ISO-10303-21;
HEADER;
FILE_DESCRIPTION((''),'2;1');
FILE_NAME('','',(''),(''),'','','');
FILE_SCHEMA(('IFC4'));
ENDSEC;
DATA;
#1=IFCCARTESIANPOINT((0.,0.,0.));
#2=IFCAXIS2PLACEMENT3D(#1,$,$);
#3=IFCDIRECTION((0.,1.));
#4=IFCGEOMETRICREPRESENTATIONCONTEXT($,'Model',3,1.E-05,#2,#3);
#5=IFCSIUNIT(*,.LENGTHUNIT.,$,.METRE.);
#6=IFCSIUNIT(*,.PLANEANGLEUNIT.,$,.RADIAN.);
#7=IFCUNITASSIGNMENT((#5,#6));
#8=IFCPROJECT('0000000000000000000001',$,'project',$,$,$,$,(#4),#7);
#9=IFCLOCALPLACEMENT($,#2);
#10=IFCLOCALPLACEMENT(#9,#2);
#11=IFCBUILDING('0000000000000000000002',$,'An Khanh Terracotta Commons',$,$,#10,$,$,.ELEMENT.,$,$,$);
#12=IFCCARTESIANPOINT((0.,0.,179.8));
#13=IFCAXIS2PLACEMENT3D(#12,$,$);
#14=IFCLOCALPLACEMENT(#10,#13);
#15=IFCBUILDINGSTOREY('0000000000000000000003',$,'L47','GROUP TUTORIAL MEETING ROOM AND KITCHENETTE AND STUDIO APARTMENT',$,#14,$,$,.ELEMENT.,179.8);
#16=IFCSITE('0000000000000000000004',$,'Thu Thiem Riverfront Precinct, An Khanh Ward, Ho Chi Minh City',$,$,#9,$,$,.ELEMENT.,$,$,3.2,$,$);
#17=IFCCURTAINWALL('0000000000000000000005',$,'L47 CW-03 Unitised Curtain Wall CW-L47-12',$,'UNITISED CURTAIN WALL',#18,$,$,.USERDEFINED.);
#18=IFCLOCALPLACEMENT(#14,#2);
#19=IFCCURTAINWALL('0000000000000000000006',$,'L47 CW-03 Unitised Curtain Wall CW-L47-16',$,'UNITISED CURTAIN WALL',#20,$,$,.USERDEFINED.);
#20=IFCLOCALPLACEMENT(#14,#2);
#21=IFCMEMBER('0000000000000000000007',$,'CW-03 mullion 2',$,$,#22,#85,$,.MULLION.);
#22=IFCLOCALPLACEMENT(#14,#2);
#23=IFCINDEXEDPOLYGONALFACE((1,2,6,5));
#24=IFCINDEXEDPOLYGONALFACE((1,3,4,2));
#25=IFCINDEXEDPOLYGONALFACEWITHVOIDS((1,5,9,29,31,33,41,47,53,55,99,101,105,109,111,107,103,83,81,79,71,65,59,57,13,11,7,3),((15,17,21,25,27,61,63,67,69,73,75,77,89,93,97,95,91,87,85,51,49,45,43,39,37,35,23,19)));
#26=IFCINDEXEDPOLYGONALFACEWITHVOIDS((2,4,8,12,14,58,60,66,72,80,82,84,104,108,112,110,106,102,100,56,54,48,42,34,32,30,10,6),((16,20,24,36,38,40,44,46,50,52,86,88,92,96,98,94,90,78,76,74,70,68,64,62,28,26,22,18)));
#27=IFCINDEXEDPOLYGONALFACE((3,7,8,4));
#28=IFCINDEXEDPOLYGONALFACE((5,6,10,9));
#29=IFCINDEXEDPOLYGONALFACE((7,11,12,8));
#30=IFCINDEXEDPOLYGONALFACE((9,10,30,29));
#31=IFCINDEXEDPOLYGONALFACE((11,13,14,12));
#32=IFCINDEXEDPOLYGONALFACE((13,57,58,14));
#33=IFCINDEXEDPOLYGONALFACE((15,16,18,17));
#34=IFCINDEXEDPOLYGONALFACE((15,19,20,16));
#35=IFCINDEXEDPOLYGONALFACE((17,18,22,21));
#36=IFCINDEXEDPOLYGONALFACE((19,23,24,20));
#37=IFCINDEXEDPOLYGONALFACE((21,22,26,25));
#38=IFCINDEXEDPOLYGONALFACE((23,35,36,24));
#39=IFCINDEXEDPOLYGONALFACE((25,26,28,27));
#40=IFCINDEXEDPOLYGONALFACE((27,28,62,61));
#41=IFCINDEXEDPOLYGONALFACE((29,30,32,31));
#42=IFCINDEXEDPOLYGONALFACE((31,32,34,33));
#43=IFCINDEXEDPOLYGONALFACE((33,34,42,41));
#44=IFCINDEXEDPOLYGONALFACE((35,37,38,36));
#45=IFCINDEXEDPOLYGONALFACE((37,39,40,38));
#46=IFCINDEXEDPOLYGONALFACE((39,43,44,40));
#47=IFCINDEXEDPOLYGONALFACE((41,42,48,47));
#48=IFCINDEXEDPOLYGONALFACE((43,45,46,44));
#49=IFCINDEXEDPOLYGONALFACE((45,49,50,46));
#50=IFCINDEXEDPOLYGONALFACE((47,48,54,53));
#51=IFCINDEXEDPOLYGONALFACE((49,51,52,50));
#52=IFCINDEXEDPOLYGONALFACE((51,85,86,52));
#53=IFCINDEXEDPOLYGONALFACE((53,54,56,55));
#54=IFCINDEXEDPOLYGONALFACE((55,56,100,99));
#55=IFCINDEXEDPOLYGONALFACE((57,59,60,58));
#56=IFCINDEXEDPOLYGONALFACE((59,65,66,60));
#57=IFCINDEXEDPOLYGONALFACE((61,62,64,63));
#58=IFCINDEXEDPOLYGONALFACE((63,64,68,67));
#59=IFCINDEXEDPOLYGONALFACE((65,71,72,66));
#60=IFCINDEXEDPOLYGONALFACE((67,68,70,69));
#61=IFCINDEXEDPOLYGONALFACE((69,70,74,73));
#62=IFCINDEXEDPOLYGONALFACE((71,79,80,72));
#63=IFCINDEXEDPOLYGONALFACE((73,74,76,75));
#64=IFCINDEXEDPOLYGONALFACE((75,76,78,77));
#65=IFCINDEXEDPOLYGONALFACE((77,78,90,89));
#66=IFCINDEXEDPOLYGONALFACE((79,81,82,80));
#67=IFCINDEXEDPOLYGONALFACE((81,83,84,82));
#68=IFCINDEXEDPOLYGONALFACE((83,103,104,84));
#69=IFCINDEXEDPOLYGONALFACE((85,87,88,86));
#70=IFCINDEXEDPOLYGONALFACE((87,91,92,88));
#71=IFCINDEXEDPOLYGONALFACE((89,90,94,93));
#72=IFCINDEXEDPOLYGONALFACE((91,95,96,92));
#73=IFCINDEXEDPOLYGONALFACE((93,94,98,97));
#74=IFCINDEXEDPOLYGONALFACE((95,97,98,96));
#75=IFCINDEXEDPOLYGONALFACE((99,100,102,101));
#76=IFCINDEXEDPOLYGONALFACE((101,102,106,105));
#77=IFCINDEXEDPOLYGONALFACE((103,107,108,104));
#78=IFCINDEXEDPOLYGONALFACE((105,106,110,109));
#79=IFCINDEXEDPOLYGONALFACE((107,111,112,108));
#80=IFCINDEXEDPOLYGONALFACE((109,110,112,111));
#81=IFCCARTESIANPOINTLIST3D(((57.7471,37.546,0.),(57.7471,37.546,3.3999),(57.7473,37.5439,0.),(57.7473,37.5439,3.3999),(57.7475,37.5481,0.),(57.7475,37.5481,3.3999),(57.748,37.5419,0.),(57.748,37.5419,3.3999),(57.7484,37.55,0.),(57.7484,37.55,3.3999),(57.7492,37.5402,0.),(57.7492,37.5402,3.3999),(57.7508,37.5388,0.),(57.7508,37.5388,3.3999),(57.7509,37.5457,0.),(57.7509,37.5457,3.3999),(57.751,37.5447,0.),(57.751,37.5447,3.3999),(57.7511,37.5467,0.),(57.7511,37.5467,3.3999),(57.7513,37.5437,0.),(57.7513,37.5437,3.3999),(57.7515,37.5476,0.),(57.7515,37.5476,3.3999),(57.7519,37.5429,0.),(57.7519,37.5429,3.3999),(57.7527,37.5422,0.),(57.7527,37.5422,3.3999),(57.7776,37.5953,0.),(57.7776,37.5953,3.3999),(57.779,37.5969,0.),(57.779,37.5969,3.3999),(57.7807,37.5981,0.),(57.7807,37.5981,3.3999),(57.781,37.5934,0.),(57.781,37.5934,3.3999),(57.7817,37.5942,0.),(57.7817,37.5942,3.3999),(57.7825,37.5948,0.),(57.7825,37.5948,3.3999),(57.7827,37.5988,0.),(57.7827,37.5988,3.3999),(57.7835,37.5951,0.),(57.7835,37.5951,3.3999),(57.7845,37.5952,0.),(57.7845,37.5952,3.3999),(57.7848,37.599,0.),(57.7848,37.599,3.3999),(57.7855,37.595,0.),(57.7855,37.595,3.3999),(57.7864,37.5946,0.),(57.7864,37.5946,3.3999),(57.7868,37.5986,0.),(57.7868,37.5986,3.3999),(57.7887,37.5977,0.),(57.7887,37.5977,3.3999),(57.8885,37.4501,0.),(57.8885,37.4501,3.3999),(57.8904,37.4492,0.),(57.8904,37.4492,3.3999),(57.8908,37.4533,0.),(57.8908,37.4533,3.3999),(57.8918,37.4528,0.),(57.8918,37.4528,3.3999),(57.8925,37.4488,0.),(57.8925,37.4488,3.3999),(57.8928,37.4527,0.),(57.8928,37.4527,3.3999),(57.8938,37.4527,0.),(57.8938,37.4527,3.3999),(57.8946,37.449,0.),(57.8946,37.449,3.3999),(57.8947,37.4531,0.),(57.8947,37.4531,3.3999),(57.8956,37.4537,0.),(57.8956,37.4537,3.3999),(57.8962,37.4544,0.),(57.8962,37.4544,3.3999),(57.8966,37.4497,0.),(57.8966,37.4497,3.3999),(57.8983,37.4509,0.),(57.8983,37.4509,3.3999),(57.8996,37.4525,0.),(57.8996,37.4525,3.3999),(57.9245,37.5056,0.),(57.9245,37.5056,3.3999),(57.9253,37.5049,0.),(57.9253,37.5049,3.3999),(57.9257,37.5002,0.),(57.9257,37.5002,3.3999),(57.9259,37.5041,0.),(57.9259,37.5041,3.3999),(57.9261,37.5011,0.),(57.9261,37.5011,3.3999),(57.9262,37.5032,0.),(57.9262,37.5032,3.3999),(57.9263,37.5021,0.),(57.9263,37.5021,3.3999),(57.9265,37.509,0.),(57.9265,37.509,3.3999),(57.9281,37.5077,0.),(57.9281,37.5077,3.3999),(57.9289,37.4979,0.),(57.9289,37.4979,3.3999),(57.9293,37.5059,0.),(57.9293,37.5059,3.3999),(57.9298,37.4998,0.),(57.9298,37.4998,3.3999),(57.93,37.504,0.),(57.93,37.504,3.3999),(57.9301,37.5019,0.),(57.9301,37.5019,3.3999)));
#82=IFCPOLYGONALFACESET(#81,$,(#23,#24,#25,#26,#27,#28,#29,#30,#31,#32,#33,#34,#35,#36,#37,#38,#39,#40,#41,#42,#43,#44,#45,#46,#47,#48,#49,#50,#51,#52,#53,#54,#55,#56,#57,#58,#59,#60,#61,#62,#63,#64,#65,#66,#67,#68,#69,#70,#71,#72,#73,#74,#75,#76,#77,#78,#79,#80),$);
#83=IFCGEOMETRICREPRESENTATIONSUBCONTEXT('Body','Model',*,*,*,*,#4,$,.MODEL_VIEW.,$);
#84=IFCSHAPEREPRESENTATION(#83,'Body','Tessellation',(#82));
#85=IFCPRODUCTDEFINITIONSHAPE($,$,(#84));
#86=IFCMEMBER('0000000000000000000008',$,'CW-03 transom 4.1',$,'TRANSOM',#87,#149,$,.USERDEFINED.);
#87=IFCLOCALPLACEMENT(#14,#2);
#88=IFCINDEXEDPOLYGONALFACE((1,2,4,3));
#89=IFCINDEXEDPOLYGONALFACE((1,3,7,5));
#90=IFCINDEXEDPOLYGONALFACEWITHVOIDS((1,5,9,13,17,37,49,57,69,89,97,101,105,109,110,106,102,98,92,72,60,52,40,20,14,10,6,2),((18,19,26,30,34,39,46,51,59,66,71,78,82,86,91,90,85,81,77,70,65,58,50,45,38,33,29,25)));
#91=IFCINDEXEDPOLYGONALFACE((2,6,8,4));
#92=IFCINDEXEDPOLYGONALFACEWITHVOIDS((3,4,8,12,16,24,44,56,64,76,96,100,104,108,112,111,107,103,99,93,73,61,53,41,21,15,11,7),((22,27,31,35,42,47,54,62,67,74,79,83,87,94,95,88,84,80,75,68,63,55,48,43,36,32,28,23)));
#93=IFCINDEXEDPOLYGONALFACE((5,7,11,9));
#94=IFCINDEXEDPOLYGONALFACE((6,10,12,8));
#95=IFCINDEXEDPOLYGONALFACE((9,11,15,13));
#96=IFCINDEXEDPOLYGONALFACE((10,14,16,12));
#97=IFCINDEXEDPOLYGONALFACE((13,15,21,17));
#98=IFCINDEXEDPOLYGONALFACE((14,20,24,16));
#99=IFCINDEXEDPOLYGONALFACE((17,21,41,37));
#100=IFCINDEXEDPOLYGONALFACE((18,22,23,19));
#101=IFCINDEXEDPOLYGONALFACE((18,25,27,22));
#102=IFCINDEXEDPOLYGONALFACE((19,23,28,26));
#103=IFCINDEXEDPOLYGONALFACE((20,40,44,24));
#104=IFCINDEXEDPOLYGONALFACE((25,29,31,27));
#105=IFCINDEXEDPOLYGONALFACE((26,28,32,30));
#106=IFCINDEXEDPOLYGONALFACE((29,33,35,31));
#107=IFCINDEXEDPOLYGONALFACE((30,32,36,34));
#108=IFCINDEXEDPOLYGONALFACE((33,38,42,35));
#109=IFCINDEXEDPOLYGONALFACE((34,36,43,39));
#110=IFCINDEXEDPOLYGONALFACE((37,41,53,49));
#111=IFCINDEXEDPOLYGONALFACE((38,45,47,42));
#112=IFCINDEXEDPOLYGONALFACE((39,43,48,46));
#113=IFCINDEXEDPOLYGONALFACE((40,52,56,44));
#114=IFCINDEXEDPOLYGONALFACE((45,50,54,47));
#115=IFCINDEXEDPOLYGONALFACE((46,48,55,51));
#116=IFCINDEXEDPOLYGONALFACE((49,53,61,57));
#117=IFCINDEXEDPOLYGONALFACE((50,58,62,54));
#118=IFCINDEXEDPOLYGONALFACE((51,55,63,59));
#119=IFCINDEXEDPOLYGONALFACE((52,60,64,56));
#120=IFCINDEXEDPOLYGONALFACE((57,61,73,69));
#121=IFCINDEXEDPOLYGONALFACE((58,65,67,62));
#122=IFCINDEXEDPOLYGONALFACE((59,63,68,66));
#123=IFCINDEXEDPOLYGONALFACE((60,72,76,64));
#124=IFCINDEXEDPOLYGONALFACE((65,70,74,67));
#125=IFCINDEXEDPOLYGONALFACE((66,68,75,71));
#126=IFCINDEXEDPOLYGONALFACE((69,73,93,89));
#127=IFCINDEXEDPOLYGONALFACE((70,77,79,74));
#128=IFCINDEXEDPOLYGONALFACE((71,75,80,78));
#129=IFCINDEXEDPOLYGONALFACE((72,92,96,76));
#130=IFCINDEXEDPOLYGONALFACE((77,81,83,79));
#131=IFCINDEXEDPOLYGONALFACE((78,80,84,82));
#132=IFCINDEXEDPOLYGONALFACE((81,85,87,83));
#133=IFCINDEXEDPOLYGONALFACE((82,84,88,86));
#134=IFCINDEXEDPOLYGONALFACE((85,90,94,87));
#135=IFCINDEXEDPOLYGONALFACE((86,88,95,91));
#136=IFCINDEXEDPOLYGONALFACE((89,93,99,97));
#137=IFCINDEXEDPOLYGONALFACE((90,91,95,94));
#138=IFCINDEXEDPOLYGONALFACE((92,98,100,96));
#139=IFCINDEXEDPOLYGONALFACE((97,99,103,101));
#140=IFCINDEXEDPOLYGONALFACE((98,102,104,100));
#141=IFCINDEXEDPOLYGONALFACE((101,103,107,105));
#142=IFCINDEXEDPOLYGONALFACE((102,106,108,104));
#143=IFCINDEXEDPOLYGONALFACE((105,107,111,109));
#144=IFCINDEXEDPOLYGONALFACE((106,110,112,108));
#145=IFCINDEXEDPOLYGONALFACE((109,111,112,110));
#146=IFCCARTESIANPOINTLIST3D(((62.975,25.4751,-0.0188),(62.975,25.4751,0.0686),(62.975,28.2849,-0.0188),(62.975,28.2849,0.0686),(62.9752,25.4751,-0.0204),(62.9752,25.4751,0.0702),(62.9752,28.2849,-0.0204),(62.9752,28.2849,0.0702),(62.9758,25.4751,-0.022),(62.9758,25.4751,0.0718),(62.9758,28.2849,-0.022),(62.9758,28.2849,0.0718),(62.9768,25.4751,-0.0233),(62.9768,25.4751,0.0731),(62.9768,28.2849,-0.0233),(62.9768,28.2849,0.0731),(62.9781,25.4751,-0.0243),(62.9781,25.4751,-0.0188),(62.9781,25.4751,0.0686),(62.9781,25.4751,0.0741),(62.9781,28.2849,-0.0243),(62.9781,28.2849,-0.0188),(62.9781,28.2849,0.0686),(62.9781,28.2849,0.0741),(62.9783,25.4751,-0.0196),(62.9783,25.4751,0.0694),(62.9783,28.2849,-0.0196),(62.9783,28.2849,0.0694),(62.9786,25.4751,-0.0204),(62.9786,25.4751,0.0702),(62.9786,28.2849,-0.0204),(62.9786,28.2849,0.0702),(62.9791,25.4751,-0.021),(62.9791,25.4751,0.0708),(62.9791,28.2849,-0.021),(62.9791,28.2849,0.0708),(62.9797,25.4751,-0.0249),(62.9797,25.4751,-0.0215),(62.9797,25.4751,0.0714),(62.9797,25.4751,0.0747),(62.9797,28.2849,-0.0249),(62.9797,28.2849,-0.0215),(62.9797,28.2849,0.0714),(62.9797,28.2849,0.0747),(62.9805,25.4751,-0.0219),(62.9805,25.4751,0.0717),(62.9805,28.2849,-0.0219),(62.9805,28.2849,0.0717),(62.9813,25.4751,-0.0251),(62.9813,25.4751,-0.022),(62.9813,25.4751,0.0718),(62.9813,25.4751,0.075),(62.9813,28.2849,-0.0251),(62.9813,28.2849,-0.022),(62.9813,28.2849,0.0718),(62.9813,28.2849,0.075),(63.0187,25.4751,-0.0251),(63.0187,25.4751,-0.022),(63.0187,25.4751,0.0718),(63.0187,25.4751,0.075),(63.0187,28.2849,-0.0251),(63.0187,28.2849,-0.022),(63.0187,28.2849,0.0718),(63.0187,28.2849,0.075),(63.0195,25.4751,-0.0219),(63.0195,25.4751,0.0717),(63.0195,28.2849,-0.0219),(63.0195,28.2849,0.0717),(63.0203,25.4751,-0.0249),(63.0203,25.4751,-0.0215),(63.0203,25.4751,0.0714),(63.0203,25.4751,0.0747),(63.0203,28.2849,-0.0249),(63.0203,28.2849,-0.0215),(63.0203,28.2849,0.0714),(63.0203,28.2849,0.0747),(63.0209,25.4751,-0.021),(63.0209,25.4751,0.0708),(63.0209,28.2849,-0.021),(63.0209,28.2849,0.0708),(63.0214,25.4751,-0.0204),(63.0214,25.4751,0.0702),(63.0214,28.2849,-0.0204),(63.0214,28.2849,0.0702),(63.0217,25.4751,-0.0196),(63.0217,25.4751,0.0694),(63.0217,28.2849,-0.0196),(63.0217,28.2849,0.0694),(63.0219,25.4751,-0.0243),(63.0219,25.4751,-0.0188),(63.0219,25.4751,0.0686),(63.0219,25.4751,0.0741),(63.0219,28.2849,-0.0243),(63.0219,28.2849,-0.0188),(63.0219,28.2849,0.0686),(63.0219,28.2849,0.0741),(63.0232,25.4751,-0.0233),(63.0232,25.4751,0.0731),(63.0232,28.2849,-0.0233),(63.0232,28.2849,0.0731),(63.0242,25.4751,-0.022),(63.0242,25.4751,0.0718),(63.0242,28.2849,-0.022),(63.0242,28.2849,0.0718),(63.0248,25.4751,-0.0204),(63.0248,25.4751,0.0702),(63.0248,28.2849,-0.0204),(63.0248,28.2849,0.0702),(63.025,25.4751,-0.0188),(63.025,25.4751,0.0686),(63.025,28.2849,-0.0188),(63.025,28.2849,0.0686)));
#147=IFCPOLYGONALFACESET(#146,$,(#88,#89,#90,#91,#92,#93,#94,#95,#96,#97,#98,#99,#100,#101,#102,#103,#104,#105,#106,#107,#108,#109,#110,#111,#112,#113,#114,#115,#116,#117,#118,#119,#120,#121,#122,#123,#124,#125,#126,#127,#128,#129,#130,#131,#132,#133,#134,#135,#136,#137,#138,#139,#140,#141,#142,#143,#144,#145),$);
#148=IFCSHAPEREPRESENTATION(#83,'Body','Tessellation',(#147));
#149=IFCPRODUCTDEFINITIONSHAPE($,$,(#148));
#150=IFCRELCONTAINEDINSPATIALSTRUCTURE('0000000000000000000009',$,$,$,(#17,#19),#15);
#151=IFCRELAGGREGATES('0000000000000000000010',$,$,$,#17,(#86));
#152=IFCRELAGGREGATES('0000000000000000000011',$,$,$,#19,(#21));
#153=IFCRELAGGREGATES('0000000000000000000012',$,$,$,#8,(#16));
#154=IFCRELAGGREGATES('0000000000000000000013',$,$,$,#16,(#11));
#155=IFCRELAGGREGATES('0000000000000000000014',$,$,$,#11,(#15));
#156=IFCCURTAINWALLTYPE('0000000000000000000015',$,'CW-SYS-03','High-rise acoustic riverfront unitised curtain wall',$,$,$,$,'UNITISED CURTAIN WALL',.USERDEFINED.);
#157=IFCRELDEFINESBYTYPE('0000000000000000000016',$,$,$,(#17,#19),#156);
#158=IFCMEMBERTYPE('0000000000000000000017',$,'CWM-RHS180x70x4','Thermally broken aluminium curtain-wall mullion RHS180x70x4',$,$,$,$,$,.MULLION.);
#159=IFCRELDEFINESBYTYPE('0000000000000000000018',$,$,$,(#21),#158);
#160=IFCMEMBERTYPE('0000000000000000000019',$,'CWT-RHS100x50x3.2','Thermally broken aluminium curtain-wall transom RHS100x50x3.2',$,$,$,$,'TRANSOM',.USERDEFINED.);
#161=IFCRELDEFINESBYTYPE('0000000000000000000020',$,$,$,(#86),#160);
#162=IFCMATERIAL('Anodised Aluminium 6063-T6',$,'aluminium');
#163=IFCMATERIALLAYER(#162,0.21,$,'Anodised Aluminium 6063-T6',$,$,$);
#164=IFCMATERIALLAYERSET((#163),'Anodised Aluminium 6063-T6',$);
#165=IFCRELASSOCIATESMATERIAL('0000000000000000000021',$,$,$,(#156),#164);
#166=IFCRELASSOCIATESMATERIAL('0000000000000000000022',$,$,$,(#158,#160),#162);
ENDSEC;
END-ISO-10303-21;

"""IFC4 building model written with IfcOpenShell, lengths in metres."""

from ifc_helpers import new_model, si_unit, direction, frame, origin, origin_2d, place, context, subcontext, project, spatial, hollow_rectangle, extrude, material, layer, layer_set, material_profile, profile_set, type_object, element, aggregate, save


model = new_model("IFC4")

# Units and contexts
model_context = context("Model", 3, precision=1e-05, world=origin(), true_north=direction((0.0, 1.0)))
body_context = subcontext(model_context, "Body", "Model", "MODEL_VIEW")
ifc_project = project(units=[si_unit("LENGTHUNIT", "METRE"), si_unit("PLANEANGLEUNIT", "RADIAN")], contexts=[model_context])

# Site, building, storey
site_placement = place(None, origin())
site = spatial("IfcSite", under=ifc_project, at=site_placement, Name="Thu Thiem Riverfront Precinct, An Khanh Ward, Ho Chi Minh City", CompositionType="ELEMENT", RefElevation=3.2)
building_placement = place(site_placement, origin())
building = spatial("IfcBuilding", under=site, at=building_placement, Name="An Khanh Terracotta Commons", CompositionType="ELEMENT")
storey_placement = place(building_placement, frame((0.0, 0.0, 179.8)))
storey = spatial("IfcBuildingStorey", under=building, at=storey_placement, Name="L47", Description="GROUP TUTORIAL MEETING ROOM AND KITCHENETTE AND STUDIO APARTMENT", CompositionType="ELEMENT", Elevation=179.8)

# Curtain walls, member
ifc_material_1 = material(Name="Anodised Aluminium 6063-T6", Category="aluminium")
ifc_layer_1 = layer(ifc_material_1, 0.21, Name="Anodised Aluminium 6063-T6")
ifc_layer_set_1 = layer_set([ifc_layer_1], Name="Anodised Aluminium 6063-T6")
curtain_wall_type = type_object("IfcCurtainWallType", Name="CW-SYS-03", Description="High-rise acoustic riverfront unitised curtain wall", ElementType="UNITISED CURTAIN WALL", PredefinedType="USERDEFINED", material=ifc_layer_set_1)
curtain_wall_1_placement = place(storey_placement, origin())
curtain_wall_1 = element("IfcCurtainWall", 1, at=curtain_wall_1_placement, inside=storey, type_object=curtain_wall_type, Name="L47 CW-03 Unitised Curtain Wall CW-L47-12", ObjectType="UNITISED CURTAIN WALL", PredefinedType="USERDEFINED")
ifc_material_profile_1 = material_profile(ifc_material_1, hollow_rectangle(XDim=0.0701, YDim=0.1799, WallThickness=0.0039, InnerFilletRadius=0.0039, OuterFilletRadius=0.0081, at=origin_2d()), Name="RHS180x70x4")
ifc_profile_set_1 = profile_set([ifc_material_profile_1], Name="Anodised Aluminium 6063-T6")
member_type_1 = type_object("IfcMemberType", Name="CWM-RHS180x70x4", Description="Thermally broken aluminium curtain-wall mullion RHS180x70x4", PredefinedType="MULLION", material=ifc_profile_set_1)
curtain_wall_2_placement = place(storey_placement, origin())
curtain_wall_2 = element("IfcCurtainWall", 2, at=curtain_wall_2_placement, inside=storey, type_object=curtain_wall_type, Name="L47 CW-03 Unitised Curtain Wall CW-L47-16", ObjectType="UNITISED CURTAIN WALL", PredefinedType="USERDEFINED")
member_1_placement = place(storey_placement, frame((57.8386, 37.5239, 0.0), z_axis=(0.0, 0.0, 1.0), x_axis=(-0.541498, -0.840702, 0.0)))
member_1 = element("IfcMember", 3, at=member_1_placement, type_object=member_type_1, Name="CW-03 mullion 2", PredefinedType="MULLION", context=body_context, shape_type="SweptSolid", body=[
    extrude(hollow_rectangle(XDim=0.0701, YDim=0.1799, WallThickness=0.0039, InnerFilletRadius=0.0039, OuterFilletRadius=0.0081, at=origin_2d()), origin(), (0.0, 0.0, 1.0), 3.3999),
])

# Member
ifc_material_profile_2 = material_profile(ifc_material_1, hollow_rectangle(XDim=0.05, YDim=0.1001, WallThickness=0.0032, InnerFilletRadius=0.0032, OuterFilletRadius=0.0063, at=origin_2d()), Name="RHS100x50x3.2")
ifc_profile_set_2 = profile_set([ifc_material_profile_2], Name="Anodised Aluminium 6063-T6")
member_type_2 = type_object("IfcMemberType", Name="CWT-RHS100x50x3.2", Description="Thermally broken aluminium curtain-wall transom RHS100x50x3.2", ElementType="TRANSOM", PredefinedType="USERDEFINED", material=ifc_profile_set_2)
member_2_placement = place(storey_placement, frame((63.0, 25.4751, 0.0249), z_axis=(0.0, 1.0, 0.0), x_axis=(-1.0, 0.0, 0.0)))
member_2 = element("IfcMember", 4, at=member_2_placement, type_object=member_type_2, Name="CW-03 transom 4.1", ObjectType="TRANSOM", PredefinedType="USERDEFINED", context=body_context, shape_type="SweptSolid", body=[
    extrude(hollow_rectangle(XDim=0.05, YDim=0.1001, WallThickness=0.0032, InnerFilletRadius=0.0032, OuterFilletRadius=0.0063, at=origin_2d()), origin(), (0.0, 0.0, 1.0), 2.8098),
])

aggregate(curtain_wall_1, [member_2])
aggregate(curtain_wall_2, [member_1])

save(model, "model.ifc")
